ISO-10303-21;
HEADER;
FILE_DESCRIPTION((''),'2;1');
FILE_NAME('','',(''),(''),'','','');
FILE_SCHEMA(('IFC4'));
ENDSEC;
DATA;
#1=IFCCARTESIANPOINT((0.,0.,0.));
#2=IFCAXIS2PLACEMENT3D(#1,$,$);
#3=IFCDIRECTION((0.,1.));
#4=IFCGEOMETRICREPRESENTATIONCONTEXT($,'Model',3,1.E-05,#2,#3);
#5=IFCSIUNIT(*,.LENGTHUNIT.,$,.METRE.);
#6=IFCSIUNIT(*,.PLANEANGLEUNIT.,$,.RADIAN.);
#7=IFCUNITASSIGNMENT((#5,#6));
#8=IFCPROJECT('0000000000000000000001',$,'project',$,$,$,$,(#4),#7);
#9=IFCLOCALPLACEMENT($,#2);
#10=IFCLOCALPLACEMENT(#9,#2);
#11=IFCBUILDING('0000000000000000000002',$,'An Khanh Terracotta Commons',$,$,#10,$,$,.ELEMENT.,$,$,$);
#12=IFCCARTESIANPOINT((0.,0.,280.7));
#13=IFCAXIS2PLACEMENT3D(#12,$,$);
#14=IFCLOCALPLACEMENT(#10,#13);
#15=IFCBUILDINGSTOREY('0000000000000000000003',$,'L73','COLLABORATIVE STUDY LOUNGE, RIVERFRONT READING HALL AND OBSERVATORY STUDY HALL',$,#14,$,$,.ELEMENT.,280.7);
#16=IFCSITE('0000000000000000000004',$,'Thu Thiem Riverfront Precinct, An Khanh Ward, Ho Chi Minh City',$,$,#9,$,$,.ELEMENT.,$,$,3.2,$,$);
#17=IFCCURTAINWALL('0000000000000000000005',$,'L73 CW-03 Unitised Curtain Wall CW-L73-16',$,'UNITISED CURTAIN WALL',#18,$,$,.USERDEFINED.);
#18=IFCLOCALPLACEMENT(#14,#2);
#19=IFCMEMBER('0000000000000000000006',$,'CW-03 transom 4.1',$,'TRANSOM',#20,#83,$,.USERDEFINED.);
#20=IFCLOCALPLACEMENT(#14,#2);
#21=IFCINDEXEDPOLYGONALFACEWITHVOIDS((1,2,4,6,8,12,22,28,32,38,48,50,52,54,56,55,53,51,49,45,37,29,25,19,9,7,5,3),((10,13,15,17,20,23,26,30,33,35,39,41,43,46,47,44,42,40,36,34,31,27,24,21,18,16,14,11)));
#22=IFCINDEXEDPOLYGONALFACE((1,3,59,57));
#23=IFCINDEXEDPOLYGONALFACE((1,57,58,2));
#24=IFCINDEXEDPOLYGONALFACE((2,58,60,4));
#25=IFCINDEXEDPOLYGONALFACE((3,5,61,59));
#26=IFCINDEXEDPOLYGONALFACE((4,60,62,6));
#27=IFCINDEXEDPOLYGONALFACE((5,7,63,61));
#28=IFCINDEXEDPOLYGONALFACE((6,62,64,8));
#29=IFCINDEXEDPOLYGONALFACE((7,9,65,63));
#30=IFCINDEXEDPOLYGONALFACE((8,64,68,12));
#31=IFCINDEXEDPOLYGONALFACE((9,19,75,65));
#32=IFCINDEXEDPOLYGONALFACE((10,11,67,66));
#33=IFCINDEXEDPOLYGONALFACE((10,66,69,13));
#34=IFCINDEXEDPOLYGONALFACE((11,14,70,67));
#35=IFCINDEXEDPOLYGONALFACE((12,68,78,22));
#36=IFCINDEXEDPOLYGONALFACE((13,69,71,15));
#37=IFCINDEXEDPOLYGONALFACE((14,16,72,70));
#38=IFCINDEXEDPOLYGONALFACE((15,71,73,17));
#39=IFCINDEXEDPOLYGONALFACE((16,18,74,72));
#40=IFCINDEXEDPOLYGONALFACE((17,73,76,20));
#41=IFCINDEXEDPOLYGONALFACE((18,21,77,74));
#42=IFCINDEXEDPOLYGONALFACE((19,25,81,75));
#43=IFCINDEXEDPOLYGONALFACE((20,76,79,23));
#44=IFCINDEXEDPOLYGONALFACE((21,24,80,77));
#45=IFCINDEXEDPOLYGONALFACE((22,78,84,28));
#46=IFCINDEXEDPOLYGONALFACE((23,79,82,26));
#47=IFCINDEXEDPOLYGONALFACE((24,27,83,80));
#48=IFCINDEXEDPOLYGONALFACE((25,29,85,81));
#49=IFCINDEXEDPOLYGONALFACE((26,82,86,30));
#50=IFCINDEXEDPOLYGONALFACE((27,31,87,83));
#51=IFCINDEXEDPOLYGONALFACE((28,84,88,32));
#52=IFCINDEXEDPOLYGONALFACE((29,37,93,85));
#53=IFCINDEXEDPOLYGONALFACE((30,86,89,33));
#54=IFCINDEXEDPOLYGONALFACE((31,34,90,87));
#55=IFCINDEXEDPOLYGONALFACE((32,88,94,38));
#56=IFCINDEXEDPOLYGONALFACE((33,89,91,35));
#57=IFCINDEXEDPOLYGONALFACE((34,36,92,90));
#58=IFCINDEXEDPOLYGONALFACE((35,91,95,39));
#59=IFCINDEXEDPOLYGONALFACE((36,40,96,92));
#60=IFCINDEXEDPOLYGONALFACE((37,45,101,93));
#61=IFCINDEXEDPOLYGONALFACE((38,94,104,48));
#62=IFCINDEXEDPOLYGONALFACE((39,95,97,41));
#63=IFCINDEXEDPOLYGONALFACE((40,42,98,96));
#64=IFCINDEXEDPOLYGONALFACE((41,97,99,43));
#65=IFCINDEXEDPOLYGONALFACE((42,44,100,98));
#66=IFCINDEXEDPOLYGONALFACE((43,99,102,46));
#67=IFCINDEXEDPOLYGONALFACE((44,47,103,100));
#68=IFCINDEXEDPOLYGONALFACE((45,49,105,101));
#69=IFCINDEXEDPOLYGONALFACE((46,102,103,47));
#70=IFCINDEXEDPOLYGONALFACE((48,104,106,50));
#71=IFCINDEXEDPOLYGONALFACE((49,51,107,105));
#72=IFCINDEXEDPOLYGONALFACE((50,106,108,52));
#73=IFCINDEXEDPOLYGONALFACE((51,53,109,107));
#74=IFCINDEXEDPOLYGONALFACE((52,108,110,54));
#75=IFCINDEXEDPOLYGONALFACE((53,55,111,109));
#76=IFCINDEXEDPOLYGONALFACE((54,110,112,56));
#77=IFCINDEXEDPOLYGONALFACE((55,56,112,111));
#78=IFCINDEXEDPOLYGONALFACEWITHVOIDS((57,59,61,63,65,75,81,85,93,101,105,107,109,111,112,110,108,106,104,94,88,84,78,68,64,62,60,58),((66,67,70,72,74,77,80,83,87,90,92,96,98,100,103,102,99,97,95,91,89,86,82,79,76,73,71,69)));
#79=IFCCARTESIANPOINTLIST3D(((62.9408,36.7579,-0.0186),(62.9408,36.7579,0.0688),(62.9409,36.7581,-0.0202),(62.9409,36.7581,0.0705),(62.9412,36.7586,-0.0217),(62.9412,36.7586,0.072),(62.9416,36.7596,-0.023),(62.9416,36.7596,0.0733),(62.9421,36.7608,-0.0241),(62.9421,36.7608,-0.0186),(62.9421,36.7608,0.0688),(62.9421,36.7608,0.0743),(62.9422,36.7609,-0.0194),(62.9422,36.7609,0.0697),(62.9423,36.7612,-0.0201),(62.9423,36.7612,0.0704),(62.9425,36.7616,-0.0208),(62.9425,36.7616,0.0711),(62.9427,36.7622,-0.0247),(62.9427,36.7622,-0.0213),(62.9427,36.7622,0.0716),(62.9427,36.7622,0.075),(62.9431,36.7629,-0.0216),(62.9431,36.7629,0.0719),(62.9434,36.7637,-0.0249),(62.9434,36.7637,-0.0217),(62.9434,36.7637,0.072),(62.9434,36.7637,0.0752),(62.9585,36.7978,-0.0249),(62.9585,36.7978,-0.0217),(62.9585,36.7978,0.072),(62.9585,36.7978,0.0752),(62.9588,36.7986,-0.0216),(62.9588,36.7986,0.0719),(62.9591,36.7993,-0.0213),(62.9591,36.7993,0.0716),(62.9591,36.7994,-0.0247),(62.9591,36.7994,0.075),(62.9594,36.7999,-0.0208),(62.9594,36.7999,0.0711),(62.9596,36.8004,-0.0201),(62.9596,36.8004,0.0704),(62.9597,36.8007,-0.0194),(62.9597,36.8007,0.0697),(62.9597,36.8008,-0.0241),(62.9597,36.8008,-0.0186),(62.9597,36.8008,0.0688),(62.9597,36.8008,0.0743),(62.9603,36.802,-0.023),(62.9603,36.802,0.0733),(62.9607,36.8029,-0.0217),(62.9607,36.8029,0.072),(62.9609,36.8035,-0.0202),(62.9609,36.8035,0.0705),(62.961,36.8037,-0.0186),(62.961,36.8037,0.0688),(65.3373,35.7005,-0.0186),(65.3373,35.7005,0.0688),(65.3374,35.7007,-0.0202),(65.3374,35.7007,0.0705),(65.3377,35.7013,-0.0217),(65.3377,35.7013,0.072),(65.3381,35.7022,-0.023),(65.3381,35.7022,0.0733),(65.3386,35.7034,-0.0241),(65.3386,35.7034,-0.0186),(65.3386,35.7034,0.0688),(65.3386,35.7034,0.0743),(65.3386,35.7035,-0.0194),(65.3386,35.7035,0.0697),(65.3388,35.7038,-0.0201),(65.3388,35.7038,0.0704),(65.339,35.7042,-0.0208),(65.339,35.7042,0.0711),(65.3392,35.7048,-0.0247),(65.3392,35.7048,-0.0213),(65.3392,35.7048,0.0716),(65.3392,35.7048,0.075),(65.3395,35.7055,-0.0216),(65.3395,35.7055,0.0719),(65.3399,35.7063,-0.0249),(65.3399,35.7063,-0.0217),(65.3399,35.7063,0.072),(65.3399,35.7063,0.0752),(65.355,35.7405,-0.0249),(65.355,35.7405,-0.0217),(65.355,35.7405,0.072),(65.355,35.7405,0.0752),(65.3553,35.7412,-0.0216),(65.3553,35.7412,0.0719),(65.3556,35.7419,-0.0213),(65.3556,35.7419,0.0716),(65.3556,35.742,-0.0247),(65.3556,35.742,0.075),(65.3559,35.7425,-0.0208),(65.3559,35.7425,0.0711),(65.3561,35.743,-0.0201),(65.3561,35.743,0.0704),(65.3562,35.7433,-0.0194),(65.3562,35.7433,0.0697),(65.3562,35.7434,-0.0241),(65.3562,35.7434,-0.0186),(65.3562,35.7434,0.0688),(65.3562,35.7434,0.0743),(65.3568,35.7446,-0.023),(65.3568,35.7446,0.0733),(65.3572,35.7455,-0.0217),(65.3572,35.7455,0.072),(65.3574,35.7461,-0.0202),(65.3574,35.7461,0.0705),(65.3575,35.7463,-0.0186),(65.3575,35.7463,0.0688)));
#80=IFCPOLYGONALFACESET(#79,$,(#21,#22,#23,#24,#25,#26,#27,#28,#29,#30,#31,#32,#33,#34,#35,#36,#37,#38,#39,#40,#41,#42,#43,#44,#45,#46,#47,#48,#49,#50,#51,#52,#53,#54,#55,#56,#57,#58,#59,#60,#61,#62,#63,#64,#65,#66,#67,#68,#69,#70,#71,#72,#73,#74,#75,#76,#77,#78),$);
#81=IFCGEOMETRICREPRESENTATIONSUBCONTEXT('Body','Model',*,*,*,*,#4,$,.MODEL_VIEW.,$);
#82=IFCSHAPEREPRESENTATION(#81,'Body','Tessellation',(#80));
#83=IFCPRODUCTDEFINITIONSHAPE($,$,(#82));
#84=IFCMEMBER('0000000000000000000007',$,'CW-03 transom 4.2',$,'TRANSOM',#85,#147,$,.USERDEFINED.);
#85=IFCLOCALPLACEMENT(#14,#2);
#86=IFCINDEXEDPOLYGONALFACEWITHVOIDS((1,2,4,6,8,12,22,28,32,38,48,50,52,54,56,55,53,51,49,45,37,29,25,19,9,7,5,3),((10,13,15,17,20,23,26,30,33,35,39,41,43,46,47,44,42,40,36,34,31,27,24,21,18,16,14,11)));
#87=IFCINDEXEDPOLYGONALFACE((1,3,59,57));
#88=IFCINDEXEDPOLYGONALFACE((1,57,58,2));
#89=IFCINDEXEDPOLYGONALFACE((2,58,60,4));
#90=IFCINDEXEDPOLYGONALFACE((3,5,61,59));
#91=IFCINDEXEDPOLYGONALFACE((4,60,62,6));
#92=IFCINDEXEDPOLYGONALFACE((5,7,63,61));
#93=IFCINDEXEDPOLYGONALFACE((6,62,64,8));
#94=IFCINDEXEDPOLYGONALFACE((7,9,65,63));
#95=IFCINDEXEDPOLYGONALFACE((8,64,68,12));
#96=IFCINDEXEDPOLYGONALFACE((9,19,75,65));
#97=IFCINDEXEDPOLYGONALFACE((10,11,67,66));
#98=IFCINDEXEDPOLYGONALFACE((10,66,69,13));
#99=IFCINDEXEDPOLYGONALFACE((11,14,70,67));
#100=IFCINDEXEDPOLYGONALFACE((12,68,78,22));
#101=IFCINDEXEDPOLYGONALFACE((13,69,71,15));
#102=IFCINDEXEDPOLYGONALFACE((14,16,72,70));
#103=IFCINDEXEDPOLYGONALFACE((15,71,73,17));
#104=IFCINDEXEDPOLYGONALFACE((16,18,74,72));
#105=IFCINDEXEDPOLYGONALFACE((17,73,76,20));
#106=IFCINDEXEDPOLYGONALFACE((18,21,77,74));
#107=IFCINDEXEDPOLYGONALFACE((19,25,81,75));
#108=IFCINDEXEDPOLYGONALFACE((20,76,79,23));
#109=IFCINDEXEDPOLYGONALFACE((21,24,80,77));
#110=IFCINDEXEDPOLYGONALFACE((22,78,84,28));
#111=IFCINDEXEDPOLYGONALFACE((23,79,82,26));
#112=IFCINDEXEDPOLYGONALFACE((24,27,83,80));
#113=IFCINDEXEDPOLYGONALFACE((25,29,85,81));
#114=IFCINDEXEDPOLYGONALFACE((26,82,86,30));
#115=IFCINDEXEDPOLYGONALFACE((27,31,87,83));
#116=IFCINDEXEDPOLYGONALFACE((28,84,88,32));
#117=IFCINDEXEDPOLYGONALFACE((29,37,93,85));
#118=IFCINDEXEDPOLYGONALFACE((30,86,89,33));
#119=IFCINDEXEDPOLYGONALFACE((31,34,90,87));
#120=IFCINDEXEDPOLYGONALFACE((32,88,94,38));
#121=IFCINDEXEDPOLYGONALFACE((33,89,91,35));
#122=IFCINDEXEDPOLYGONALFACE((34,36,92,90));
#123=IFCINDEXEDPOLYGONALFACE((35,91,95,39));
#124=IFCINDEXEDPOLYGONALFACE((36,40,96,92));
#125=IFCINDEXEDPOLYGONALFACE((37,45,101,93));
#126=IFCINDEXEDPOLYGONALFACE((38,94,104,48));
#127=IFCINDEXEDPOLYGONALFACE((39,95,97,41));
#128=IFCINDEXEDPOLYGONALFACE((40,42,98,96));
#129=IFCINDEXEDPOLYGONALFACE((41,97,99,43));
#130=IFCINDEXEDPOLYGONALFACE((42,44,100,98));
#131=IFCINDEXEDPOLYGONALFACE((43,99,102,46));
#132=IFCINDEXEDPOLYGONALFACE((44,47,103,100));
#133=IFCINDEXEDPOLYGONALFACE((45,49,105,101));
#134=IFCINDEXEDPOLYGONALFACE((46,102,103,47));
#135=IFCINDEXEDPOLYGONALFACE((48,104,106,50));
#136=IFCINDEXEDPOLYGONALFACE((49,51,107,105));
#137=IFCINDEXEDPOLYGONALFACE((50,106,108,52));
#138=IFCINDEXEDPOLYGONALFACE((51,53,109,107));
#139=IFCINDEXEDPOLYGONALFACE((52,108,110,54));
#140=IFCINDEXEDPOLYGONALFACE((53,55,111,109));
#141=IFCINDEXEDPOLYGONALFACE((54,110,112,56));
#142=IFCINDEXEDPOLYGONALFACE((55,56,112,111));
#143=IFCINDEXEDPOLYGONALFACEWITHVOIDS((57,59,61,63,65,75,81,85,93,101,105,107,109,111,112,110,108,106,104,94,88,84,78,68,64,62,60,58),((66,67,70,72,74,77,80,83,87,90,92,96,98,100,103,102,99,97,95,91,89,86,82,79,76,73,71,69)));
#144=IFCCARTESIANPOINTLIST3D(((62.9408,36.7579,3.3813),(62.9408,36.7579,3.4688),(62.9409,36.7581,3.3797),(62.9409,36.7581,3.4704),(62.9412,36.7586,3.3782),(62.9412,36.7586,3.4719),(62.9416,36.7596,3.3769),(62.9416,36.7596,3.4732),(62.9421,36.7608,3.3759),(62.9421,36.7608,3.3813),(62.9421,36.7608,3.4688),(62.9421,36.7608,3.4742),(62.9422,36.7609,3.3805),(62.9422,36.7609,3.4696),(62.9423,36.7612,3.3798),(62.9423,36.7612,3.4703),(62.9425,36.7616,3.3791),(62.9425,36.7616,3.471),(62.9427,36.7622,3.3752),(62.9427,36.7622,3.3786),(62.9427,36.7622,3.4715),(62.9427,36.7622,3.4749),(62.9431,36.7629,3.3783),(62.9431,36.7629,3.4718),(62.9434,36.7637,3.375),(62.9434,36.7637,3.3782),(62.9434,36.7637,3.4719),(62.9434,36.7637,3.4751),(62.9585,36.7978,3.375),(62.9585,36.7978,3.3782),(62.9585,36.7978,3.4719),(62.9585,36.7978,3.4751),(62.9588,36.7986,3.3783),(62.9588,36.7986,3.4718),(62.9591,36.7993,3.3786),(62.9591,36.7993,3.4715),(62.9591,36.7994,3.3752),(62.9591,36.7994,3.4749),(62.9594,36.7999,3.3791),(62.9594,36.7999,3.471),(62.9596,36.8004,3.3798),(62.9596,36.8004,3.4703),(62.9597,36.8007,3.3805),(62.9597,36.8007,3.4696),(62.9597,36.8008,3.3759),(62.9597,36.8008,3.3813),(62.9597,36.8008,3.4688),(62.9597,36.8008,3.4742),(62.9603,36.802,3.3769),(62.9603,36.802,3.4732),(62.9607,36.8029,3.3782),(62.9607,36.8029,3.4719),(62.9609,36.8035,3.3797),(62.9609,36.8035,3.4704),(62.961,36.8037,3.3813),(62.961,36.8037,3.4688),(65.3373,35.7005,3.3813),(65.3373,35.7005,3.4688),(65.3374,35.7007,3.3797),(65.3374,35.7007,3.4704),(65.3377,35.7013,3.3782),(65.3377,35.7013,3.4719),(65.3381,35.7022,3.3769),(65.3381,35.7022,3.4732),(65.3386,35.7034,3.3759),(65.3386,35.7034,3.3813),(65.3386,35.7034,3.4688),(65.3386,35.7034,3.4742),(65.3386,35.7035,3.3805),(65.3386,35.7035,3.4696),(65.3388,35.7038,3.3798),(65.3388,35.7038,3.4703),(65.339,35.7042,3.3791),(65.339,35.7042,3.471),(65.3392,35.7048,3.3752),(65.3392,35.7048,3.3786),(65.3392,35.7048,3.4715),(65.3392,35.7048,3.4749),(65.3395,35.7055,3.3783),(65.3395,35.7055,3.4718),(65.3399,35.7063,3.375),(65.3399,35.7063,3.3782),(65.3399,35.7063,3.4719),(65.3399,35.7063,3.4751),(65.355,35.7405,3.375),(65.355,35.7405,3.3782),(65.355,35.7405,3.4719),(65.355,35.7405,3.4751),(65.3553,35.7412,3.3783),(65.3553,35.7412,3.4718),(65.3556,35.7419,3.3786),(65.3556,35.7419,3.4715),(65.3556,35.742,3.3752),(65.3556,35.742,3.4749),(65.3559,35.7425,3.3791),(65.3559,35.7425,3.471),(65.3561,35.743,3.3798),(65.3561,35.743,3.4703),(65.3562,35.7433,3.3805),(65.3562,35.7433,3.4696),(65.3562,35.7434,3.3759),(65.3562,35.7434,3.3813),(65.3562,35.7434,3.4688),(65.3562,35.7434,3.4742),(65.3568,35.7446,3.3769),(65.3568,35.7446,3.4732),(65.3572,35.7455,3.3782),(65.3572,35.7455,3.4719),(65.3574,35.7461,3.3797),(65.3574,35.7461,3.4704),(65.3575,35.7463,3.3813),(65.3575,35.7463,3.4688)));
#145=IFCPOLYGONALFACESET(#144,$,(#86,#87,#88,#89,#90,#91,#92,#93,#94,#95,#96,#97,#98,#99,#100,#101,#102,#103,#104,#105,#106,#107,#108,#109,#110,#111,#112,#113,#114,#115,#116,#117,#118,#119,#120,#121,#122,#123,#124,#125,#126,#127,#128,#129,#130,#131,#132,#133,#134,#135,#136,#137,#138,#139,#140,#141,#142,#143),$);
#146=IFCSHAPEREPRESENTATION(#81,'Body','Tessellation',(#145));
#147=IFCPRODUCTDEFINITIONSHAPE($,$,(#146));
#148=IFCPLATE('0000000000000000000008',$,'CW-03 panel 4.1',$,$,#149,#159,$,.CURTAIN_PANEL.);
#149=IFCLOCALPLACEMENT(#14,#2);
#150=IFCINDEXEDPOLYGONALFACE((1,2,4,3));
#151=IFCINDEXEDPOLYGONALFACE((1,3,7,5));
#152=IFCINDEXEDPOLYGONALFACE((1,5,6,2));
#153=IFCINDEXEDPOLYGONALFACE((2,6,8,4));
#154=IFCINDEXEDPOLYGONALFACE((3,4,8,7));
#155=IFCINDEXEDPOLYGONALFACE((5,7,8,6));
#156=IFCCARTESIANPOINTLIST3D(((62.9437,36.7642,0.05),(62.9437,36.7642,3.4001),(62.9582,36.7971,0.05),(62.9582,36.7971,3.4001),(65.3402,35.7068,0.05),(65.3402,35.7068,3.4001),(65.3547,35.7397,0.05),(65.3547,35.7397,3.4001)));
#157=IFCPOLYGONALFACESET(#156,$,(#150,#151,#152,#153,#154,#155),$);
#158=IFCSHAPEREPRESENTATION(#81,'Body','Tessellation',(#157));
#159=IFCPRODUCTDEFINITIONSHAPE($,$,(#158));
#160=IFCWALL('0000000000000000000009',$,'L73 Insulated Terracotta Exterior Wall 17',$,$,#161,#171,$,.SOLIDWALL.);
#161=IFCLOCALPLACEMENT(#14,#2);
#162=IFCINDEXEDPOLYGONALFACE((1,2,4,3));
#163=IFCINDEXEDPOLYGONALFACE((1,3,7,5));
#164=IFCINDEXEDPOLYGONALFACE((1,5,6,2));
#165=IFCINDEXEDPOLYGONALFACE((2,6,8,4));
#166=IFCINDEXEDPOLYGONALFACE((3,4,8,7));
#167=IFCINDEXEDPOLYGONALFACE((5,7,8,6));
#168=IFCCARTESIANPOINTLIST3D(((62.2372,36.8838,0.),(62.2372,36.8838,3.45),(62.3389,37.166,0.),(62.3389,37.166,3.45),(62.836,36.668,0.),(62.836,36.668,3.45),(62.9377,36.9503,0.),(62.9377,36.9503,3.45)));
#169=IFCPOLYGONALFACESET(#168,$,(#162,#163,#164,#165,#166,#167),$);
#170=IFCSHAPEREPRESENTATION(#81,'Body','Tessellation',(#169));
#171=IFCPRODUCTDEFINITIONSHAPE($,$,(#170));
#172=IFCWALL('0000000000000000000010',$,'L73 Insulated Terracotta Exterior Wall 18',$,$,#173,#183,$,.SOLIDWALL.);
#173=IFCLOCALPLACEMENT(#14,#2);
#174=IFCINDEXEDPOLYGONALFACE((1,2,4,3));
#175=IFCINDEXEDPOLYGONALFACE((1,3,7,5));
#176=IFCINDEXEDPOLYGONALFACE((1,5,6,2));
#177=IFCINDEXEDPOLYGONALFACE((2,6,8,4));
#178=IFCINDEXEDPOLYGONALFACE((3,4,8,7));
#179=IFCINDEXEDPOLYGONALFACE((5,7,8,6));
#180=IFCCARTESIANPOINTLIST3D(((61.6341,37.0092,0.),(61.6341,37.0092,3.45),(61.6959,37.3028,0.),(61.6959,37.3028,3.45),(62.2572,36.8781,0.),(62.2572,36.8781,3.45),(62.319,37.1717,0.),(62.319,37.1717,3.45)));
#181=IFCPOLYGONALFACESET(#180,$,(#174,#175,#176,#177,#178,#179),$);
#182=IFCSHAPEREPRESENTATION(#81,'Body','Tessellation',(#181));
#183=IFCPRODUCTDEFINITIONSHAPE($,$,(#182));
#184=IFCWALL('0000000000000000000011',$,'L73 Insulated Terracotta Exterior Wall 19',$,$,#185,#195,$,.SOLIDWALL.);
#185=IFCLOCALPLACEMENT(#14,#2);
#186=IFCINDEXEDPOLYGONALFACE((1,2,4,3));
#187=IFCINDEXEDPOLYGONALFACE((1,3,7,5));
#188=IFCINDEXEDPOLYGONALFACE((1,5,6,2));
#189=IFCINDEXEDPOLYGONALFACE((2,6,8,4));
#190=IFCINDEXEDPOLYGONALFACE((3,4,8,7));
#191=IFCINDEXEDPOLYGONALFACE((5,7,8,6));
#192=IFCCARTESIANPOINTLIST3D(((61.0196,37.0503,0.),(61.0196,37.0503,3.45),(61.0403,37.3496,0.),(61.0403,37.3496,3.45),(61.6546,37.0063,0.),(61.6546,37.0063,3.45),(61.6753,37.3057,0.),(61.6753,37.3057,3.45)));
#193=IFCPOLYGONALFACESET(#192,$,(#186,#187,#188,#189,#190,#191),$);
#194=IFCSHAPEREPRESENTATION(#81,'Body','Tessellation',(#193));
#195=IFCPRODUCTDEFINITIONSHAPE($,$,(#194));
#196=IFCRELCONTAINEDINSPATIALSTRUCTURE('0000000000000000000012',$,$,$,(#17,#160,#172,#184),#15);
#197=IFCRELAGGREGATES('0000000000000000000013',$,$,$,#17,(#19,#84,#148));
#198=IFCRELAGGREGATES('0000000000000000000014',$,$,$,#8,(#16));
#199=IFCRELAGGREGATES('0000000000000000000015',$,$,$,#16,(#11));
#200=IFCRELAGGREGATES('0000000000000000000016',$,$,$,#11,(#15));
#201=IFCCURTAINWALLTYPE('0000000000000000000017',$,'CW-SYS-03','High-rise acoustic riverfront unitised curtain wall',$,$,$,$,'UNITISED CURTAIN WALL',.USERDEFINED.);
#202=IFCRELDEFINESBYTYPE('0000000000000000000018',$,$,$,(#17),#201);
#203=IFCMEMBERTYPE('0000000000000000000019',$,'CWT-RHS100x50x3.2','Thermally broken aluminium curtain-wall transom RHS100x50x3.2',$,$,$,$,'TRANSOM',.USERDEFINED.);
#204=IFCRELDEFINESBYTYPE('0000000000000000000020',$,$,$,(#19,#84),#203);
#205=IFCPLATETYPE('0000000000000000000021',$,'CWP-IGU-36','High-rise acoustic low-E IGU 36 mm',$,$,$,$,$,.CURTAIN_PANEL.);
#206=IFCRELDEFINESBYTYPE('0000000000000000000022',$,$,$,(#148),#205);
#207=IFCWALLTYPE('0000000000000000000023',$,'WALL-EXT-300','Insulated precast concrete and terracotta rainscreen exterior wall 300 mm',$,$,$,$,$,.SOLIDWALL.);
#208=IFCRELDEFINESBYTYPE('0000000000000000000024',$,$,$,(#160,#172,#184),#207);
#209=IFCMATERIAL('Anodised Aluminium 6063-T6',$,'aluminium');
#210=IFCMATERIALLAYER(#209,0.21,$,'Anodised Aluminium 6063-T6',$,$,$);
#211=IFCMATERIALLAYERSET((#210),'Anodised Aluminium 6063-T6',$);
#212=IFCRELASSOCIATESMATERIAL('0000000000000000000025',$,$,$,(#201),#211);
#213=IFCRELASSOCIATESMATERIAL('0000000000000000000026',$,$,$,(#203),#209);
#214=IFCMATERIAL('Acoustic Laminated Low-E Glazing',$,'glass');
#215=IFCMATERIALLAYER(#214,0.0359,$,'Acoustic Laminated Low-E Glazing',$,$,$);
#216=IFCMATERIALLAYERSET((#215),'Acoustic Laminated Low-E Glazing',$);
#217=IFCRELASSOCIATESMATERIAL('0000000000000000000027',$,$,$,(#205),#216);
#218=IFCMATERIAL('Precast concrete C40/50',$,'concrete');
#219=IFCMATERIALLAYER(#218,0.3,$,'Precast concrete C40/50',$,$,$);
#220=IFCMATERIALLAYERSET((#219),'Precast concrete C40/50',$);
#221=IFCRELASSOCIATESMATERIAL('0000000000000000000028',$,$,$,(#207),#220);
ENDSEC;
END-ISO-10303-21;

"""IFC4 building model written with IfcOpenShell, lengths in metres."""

from ifc_helpers import new_model, si_unit, direction, frame, frame_2d, origin, origin_2d, place, context, subcontext, project, spatial, rectangle, hollow_rectangle, extrude, material, layer, layer_set, material_profile, profile_set, type_object, element, aggregate, save


model = new_model("IFC4")

# Units and contexts
model_context = context("Model", 3, precision=1e-05, world=origin(), true_north=direction((0.0, 1.0)))
body_context = subcontext(model_context, "Body", "Model", "MODEL_VIEW")
ifc_project = project(units=[si_unit("LENGTHUNIT", "METRE"), si_unit("PLANEANGLEUNIT", "RADIAN")], contexts=[model_context])

# Site, building, storey
site_placement = place(None, origin())
site = spatial("IfcSite", under=ifc_project, at=site_placement, Name="Thu Thiem Riverfront Precinct, An Khanh Ward, Ho Chi Minh City", CompositionType="ELEMENT", RefElevation=3.2)
building_placement = place(site_placement, origin())
building = spatial("IfcBuilding", under=site, at=building_placement, Name="An Khanh Terracotta Commons", CompositionType="ELEMENT")
storey_placement = place(building_placement, frame((0.0, 0.0, 280.7)))
storey = spatial("IfcBuildingStorey", under=building, at=storey_placement, Name="L73", Description="COLLABORATIVE STUDY LOUNGE, RIVERFRONT READING HALL AND OBSERVATORY STUDY HALL", CompositionType="ELEMENT", Elevation=280.7)

# Curtain wall, members, plate
ifc_material_1 = material(Name="Anodised Aluminium 6063-T6", Category="aluminium")
ifc_layer_1 = layer(ifc_material_1, 0.21, Name="Anodised Aluminium 6063-T6")
ifc_layer_set_1 = layer_set([ifc_layer_1], Name="Anodised Aluminium 6063-T6")
curtain_wall_type = type_object("IfcCurtainWallType", Name="CW-SYS-03", Description="High-rise acoustic riverfront unitised curtain wall", ElementType="UNITISED CURTAIN WALL", PredefinedType="USERDEFINED", material=ifc_layer_set_1)
curtain_wall_placement = place(storey_placement, origin())
curtain_wall = element("IfcCurtainWall", 1, at=curtain_wall_placement, inside=storey, type_object=curtain_wall_type, Name="L73 CW-03 Unitised Curtain Wall CW-L73-16", ObjectType="UNITISED CURTAIN WALL", PredefinedType="USERDEFINED")
ifc_material_profile_1 = material_profile(ifc_material_1, hollow_rectangle(XDim=0.05, YDim=0.1001, WallThickness=0.0032, InnerFilletRadius=0.0032, OuterFilletRadius=0.0063, at=origin_2d()), Name="RHS100x50x3.2")
ifc_profile_set_1 = profile_set([ifc_material_profile_1], Name="Anodised Aluminium 6063-T6")
member_type_1 = type_object("IfcMemberType", Name="CWT-RHS100x50x3.2", Description="Thermally broken aluminium curtain-wall transom RHS100x50x3.2", ElementType="TRANSOM", PredefinedType="USERDEFINED", material=ifc_profile_set_1)
member_1_placement = place(storey_placement, frame((65.3474, 35.7234, 0.0251), z_axis=(-0.914904, 0.403672, 0.0), x_axis=(-0.403672, -0.914904, 0.0)))
member_1 = element("IfcMember", 2, at=member_1_placement, type_object=member_type_1, Name="CW-03 transom 4.1", ObjectType="TRANSOM", PredefinedType="USERDEFINED", context=body_context, shape_type="SweptSolid", body=[
    extrude(hollow_rectangle(XDim=0.05, YDim=0.1001, WallThickness=0.0032, InnerFilletRadius=0.0032, OuterFilletRadius=0.0063, at=origin_2d()), origin(), (0.0, 0.0, 1.0), 2.6194),
])
member_2_placement = place(storey_placement, frame((65.3474, 35.7234, 3.425), z_axis=(-0.914904, 0.403672, 0.0), x_axis=(-0.403672, -0.914904, 0.0)))
member_2 = element("IfcMember", 3, at=member_2_placement, type_object=member_type_1, Name="CW-03 transom 4.2", ObjectType="TRANSOM", PredefinedType="USERDEFINED", context=body_context, shape_type="SweptSolid", body=[
    extrude(hollow_rectangle(XDim=0.05, YDim=0.1001, WallThickness=0.0032, InnerFilletRadius=0.0032, OuterFilletRadius=0.0063, at=origin_2d()), origin(), (0.0, 0.0, 1.0), 2.6194),
])
ifc_material_2 = material(Name="Acoustic Laminated Low-E Glazing", Category="glass")
ifc_layer_2 = layer(ifc_material_2, 0.0359, Name="Acoustic Laminated Low-E Glazing")
ifc_layer_set_2 = layer_set([ifc_layer_2], Name="Acoustic Laminated Low-E Glazing")
plate_type = type_object("IfcPlateType", Name="CWP-IGU-36", Description="High-rise acoustic low-E IGU 36 mm", PredefinedType="CURTAIN_PANEL", material=ifc_layer_set_2)
plate_placement = place(storey_placement, frame((64.1492, 36.252, 0.05), z_axis=(0.0, 0.0, 1.0), x_axis=(-0.914902, 0.403676, 0.0)))
plate = element("IfcPlate", 4, at=plate_placement, type_object=plate_type, Name="CW-03 panel 4.1", PredefinedType="CURTAIN_PANEL", context=body_context, shape_type="SweptSolid", body=[
    extrude(rectangle(XDim=2.6194, YDim=0.0359, at=origin_2d()), origin(), (0.0, 0.0, 1.0), 3.3501),
])
aggregate(curtain_wall, [member_1, member_2, plate])

# Walls
ifc_material_3 = material(Name="Precast concrete C40/50", Category="concrete")
ifc_layer_3 = layer(ifc_material_3, 0.3, Name="Precast concrete C40/50")
ifc_layer_set_3 = layer_set([ifc_layer_3], Name="Precast concrete C40/50")
wall_type = type_object("IfcWallType", Name="WALL-EXT-300", Description="Insulated precast concrete and terracotta rainscreen exterior wall 300 mm", PredefinedType="SOLIDWALL", material=ifc_layer_set_3)
wall_1_placement = place(storey_placement, frame((62.887, 36.8091, 0.0), z_axis=(0.0, 0.0, 1.0), x_axis=(-0.940775, 0.339032, 0.0)))
element("IfcWall", 5, at=wall_1_placement, inside=storey, type_object=wall_type, Name="L73 Insulated Terracotta Exterior Wall 17", PredefinedType="SOLIDWALL", context=body_context, shape_type="SweptSolid", body=[
    extrude(rectangle(XDim=0.6365, YDim=0.3, at=frame_2d((0.3184, 0.0))), origin(), (0.0, 0.0, 1.0), 3.45),
])
wall_2_placement = place(storey_placement, frame((62.2881, 37.0249, 0.0), z_axis=(0.0, 0.0, 1.0), x_axis=(-0.97857, 0.205914, 0.0)))
element("IfcWall", 6, at=wall_2_placement, inside=storey, type_object=wall_type, Name="L73 Insulated Terracotta Exterior Wall 18", PredefinedType="SOLIDWALL", context=body_context, shape_type="SweptSolid", body=[
    extrude(rectangle(XDim=0.6367, YDim=0.3, at=frame_2d((0.3184, 0.0))), origin(), (0.0, 0.0, 1.0), 3.45),
])
wall_3_placement = place(storey_placement, frame((61.665, 37.156, 0.0), z_axis=(0.0, 0.0, 1.0), x_axis=(-0.997614, 0.069039, 0.0)))
element("IfcWall", 7, at=wall_3_placement, inside=storey, type_object=wall_type, Name="L73 Insulated Terracotta Exterior Wall 19", PredefinedType="SOLIDWALL", context=body_context, shape_type="SweptSolid", body=[
    extrude(rectangle(XDim=0.6365, YDim=0.3, at=frame_2d((0.3184, 0.0))), origin(), (0.0, 0.0, 1.0), 3.45),
])

save(model, "model.ifc")
